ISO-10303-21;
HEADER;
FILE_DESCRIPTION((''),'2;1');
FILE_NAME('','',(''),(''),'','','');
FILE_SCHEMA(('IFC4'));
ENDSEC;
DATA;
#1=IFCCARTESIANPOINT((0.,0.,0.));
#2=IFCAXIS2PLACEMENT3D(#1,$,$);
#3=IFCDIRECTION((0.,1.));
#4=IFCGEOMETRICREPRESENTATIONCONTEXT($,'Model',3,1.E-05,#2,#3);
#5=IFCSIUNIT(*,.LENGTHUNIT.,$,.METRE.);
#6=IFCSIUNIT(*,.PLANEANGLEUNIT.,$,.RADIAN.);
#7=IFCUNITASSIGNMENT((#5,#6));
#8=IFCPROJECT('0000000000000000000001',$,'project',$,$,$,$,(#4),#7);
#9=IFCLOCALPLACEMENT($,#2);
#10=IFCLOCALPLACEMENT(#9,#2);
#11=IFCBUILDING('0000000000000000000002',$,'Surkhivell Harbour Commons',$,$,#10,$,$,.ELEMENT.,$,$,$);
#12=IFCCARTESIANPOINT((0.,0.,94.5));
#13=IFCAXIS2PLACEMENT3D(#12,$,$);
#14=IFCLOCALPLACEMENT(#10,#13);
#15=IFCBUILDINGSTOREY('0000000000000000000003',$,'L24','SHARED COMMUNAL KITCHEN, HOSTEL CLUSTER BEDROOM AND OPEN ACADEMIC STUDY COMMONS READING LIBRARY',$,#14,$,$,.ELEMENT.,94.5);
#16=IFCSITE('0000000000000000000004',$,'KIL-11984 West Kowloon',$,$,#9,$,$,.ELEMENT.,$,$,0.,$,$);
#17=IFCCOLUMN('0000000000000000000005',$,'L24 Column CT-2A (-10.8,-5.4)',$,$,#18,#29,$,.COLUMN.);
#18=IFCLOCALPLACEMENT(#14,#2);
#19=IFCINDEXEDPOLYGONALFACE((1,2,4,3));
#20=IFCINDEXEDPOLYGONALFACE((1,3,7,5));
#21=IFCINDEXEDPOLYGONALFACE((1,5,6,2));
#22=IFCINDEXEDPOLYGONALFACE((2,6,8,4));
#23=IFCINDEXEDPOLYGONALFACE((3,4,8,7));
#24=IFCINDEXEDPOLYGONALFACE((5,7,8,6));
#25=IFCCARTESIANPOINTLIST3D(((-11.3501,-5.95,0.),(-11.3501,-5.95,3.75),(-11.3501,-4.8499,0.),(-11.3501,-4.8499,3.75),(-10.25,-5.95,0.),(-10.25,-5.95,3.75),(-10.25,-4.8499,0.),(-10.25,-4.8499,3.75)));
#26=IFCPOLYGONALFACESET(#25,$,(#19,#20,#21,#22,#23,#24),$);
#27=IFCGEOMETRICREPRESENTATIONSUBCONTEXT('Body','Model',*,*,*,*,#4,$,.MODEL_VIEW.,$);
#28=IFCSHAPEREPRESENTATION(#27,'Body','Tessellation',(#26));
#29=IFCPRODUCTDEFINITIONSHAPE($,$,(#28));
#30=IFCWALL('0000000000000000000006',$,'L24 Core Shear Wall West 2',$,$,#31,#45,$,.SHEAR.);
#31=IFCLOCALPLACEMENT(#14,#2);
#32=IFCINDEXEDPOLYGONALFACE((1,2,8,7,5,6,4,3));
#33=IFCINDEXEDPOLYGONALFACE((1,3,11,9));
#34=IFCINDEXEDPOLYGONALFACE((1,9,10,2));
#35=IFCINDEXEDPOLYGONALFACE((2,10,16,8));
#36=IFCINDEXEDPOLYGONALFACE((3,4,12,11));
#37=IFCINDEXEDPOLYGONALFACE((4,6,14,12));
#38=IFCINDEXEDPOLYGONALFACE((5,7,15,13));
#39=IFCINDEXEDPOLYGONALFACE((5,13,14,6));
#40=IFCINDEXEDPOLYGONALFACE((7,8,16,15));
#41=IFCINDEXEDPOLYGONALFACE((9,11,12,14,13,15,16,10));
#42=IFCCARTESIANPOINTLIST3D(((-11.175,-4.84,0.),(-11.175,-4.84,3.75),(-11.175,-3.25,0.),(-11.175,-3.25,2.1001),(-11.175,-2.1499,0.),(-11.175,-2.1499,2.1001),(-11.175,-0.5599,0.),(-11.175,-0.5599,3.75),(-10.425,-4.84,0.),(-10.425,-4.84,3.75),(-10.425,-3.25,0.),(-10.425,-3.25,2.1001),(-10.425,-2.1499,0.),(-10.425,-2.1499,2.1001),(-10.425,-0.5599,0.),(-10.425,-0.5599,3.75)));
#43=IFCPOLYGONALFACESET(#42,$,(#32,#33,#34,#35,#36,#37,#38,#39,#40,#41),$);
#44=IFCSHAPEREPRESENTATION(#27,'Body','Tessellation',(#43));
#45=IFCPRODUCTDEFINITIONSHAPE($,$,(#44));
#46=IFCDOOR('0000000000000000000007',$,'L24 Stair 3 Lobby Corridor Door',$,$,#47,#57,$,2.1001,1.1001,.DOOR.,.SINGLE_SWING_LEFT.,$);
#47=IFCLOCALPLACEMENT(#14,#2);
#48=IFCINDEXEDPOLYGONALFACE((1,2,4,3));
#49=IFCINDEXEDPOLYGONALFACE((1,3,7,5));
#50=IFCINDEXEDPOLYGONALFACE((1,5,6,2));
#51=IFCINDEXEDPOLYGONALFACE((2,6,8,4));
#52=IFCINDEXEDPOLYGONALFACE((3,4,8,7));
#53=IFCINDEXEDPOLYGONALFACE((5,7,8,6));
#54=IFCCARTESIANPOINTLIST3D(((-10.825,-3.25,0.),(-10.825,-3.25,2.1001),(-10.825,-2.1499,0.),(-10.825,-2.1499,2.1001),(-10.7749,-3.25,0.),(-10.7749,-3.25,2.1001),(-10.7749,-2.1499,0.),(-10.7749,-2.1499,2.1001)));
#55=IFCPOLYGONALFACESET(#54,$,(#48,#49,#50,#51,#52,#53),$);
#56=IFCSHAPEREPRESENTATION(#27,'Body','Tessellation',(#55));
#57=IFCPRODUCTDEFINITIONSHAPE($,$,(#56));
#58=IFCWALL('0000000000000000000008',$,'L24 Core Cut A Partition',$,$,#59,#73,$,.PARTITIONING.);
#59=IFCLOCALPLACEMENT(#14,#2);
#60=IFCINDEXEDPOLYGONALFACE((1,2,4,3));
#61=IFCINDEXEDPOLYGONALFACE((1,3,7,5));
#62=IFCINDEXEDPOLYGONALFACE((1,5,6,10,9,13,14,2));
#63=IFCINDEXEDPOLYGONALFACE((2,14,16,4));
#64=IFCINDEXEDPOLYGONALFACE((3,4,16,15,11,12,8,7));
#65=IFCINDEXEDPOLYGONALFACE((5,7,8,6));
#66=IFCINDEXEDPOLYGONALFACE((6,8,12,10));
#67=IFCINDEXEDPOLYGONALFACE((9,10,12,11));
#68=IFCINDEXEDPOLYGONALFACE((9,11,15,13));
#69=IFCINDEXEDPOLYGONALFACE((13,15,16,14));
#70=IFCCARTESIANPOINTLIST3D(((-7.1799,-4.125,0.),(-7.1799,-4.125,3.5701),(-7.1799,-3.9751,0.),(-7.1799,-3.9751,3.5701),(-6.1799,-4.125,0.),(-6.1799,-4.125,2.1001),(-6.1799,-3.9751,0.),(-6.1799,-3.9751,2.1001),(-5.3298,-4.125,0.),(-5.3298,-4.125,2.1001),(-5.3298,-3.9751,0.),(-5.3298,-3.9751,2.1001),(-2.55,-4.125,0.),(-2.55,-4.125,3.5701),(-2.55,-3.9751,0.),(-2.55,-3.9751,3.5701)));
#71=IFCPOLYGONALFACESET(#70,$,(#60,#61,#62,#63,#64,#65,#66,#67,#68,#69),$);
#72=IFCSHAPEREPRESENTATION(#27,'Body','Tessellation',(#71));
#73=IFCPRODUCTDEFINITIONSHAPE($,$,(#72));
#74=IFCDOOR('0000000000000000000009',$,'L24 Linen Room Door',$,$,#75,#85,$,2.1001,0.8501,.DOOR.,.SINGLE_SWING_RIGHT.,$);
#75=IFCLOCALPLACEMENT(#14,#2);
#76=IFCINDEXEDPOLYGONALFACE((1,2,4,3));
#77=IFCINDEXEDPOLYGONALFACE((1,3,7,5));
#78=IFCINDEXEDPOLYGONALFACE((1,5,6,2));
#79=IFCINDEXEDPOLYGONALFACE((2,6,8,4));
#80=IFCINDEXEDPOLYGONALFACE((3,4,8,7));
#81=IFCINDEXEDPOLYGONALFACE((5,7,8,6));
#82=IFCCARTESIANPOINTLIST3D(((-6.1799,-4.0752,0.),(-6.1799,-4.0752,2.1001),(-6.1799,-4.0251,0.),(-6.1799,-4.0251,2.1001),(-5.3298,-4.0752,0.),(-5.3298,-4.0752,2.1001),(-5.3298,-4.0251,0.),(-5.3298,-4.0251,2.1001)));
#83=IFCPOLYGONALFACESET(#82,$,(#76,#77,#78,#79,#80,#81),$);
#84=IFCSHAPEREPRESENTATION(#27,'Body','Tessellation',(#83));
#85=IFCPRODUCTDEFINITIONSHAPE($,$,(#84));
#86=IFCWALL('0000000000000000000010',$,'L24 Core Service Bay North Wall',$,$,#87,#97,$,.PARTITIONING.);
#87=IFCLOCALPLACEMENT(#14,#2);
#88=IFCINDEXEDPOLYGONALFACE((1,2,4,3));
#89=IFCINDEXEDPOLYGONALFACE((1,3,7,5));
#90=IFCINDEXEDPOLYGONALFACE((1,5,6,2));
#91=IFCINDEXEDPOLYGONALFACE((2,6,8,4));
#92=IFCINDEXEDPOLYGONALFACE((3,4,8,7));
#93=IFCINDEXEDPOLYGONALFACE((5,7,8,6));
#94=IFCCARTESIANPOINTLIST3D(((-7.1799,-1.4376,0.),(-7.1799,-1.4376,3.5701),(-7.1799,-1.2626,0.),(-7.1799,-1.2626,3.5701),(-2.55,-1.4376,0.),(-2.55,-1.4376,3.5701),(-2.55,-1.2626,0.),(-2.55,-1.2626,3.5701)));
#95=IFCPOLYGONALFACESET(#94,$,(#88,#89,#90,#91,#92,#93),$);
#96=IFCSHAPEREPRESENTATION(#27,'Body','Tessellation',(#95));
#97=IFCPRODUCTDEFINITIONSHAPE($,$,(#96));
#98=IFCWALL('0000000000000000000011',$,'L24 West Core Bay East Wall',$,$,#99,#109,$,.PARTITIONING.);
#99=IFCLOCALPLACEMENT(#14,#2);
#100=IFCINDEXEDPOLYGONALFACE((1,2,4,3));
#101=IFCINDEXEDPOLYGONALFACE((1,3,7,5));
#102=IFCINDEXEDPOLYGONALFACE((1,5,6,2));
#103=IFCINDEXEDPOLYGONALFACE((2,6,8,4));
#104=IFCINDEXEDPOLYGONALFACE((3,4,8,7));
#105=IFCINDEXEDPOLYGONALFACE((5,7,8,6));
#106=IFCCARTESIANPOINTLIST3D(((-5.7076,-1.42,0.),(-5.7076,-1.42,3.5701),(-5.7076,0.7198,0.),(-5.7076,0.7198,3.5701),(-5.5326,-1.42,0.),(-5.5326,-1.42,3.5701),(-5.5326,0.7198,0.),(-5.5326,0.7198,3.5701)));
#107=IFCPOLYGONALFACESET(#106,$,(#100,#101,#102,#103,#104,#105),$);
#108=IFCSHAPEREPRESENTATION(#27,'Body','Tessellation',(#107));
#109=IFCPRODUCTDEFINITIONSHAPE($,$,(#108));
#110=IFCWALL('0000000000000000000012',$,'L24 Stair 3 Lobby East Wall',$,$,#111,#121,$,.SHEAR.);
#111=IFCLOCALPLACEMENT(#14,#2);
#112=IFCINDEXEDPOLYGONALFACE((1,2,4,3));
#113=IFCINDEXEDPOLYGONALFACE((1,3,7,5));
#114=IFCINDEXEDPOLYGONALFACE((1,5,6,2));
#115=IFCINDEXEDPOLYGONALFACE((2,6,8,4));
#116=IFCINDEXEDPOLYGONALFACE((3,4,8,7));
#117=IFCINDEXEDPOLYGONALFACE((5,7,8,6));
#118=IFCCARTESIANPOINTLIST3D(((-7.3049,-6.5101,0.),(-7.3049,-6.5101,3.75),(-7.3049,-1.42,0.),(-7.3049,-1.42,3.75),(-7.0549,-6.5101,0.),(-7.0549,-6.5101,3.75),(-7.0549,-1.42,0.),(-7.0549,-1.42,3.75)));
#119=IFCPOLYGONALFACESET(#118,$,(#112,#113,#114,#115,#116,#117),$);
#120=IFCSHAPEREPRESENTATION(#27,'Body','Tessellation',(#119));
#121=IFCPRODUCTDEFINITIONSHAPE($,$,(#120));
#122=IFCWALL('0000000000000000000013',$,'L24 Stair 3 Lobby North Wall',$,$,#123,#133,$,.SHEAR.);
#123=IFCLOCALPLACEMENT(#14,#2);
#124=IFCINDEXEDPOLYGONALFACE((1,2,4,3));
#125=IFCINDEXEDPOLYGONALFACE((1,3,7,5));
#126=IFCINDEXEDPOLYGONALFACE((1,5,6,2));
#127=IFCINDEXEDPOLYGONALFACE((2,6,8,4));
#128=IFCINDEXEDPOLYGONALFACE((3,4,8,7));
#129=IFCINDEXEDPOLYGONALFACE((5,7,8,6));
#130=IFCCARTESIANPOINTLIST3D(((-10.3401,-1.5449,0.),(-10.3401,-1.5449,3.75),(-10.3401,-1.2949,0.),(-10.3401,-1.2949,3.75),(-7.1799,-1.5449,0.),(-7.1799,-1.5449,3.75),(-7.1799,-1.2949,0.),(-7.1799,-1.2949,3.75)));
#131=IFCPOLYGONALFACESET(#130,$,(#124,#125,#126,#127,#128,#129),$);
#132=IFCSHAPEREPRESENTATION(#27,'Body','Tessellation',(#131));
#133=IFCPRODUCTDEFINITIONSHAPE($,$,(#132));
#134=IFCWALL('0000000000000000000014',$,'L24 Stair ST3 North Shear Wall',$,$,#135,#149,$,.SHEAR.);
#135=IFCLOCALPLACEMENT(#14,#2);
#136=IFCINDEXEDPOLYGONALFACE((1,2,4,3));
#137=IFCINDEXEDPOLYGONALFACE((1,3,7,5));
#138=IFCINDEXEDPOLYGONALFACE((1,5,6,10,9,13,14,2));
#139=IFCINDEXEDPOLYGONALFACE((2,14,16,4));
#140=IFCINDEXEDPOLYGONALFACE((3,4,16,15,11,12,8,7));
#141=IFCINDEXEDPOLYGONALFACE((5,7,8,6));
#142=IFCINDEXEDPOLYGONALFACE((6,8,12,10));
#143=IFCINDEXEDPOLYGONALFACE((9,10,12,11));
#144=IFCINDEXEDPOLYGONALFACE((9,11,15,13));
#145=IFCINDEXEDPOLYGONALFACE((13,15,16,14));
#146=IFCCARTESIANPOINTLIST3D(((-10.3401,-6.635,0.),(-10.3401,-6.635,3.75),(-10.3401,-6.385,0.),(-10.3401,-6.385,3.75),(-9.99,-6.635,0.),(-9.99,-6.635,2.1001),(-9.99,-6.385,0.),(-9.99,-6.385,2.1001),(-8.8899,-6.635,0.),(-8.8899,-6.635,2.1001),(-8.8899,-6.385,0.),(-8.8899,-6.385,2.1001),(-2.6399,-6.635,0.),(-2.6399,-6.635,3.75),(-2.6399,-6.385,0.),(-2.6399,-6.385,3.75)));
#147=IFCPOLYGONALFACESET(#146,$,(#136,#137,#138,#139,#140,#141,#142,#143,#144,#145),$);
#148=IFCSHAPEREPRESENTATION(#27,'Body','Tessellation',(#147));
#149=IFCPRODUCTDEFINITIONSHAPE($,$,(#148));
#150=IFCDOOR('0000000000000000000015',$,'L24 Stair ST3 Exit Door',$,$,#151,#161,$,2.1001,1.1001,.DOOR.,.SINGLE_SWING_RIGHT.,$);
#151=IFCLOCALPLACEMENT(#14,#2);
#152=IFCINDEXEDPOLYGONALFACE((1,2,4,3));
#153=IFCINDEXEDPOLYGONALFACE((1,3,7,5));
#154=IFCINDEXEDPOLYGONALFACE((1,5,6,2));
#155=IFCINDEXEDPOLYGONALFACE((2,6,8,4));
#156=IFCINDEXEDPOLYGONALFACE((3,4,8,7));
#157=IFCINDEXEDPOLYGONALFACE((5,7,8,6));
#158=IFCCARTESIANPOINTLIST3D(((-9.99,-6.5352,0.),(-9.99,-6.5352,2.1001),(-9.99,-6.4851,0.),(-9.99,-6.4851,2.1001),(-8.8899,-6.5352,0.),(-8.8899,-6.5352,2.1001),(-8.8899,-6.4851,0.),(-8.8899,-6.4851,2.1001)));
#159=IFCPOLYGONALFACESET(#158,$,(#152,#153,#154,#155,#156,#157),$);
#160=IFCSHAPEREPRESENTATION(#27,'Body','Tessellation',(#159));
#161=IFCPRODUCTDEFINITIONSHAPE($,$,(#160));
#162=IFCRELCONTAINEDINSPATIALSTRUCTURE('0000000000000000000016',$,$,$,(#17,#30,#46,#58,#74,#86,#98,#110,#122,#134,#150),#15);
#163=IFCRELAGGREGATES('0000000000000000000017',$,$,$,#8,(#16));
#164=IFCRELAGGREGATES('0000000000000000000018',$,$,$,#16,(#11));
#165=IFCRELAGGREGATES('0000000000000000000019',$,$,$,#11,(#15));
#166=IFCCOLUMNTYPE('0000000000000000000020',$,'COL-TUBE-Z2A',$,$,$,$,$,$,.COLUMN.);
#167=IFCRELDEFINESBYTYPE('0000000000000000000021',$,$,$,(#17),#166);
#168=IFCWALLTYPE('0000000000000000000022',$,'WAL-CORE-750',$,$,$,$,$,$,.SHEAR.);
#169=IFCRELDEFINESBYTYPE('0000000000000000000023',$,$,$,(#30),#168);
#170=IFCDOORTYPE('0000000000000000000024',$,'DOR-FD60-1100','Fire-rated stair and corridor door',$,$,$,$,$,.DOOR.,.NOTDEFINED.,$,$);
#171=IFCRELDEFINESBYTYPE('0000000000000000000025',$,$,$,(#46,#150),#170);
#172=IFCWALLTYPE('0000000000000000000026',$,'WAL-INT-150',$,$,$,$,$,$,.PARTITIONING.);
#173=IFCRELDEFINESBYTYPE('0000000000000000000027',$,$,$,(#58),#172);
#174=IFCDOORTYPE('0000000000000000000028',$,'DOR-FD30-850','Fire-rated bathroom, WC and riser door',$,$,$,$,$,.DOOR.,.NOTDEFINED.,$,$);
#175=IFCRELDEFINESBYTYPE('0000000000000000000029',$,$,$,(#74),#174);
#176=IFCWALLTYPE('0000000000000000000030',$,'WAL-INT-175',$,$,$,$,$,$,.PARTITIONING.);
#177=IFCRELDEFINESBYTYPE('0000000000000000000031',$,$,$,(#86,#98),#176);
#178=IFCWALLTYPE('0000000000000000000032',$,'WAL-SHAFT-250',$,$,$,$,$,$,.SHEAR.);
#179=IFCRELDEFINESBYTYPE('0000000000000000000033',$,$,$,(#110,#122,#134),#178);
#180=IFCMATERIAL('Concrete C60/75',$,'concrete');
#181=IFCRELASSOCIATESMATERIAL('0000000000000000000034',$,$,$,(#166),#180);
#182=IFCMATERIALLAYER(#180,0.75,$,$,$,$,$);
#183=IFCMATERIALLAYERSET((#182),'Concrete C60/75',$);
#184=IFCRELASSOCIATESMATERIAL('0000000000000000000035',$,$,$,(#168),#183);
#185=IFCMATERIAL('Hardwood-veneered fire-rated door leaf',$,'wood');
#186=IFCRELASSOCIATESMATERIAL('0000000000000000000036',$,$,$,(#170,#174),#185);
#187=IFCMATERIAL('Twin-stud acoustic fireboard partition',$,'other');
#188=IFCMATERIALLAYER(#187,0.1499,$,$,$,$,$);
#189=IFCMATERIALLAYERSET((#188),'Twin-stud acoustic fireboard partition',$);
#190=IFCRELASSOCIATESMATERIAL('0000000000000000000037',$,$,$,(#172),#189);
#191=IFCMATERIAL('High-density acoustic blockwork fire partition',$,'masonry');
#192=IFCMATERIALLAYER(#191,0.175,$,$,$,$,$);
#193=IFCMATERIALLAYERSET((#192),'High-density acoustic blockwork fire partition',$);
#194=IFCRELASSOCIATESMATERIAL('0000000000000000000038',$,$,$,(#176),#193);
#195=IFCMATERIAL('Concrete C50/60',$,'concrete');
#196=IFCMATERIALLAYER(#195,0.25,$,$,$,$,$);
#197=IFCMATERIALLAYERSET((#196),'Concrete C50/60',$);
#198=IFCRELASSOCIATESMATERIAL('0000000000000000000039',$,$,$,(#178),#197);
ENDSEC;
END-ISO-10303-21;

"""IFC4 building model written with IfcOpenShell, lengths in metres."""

from ifc_helpers import new_model, si_unit, direction, frame, frame_2d, origin, origin_2d, place, context, subcontext, project, spatial, rectangle, extrude, material, layer, layer_set, material_profile, profile_set, type_object, element, fill, save


model = new_model("IFC4")

# Units and contexts
model_context = context("Model", 3, precision=1e-05, world=origin(), true_north=direction((0.0, 1.0)))
body_context = subcontext(model_context, "Body", "Model", "MODEL_VIEW")
ifc_project = project(units=[si_unit("LENGTHUNIT", "METRE"), si_unit("PLANEANGLEUNIT", "RADIAN")], contexts=[model_context])

# Site, building, storey
site_placement = place(None, origin())
site = spatial("IfcSite", under=ifc_project, at=site_placement, Name="KIL-11984 West Kowloon", CompositionType="ELEMENT", RefElevation=0.0)
building_placement = place(site_placement, origin())
building = spatial("IfcBuilding", under=site, at=building_placement, Name="Surkhivell Harbour Commons", CompositionType="ELEMENT")
storey_placement = place(building_placement, frame((0.0, 0.0, 94.5)))
storey = spatial("IfcBuildingStorey", under=building, at=storey_placement, Name="L24", Description="SHARED COMMUNAL KITCHEN, HOSTEL CLUSTER BEDROOM AND OPEN ACADEMIC STUDY COMMONS READING LIBRARY", CompositionType="ELEMENT", Elevation=94.5)

# Column
ifc_material_1 = material(Name="Concrete C60/75", Category="concrete")
ifc_material_profile = material_profile(ifc_material_1, rectangle(XDim=1.1001, YDim=1.1001, at=origin_2d()), Name="RC-COL-1100x1100")
ifc_profile_set = profile_set([ifc_material_profile], Name="Concrete C60/75")
column_type = type_object("IfcColumnType", Name="COL-TUBE-Z2A", PredefinedType="COLUMN", material=ifc_profile_set)
column_placement = place(storey_placement, frame((-10.8, -5.3999, 0.0), z_axis=(0.0, 0.0, 1.0), x_axis=(1.0, 0.0, 0.0)))
element("IfcColumn", 1, at=column_placement, inside=storey, type_object=column_type, Name="L24 Column CT-2A (-10.8,-5.4)", PredefinedType="COLUMN", context=body_context, shape_type="SweptSolid", body=[
    extrude(rectangle(XDim=1.1001, YDim=1.1001, at=origin_2d()), origin(), (0.0, 0.0, 1.0), 3.75),
])

# Walls, openings, doors
ifc_layer_1 = layer(ifc_material_1, 0.75)
ifc_layer_set_1 = layer_set([ifc_layer_1], Name="Concrete C60/75")
wall_type_1 = type_object("IfcWallType", Name="WAL-CORE-750", PredefinedType="SHEAR", material=ifc_layer_set_1)
wall_1_placement = place(storey_placement, frame((-10.8, -4.8401, 0.0), z_axis=(0.0, 0.0, 1.0), x_axis=(0.0, 1.0, 0.0)))
wall_1 = element("IfcWall", 2, at=wall_1_placement, inside=storey, type_object=wall_type_1, Name="L24 Core Shear Wall West 2", PredefinedType="SHEAR", context=body_context, shape_type="SweptSolid", body=[
    extrude(rectangle(XDim=4.28, YDim=0.75, at=frame_2d((2.1401, 0.0))), origin(), (0.0, 0.0, 1.0), 3.75),
])
opening_1_placement = place(wall_1_placement, frame((1.5901, 0.0, 0.0)))
opening_1 = element("IfcOpeningElement", 3, at=opening_1_placement, cuts=wall_1, PredefinedType="OPENING", context=body_context, shape_type="SweptSolid", body=[
    extrude(rectangle(XDim=1.1001, YDim=2.1001, at=frame_2d((0.55, 1.05))), frame((0.0, 0.385, 0.0), z_axis=(0.0, -1.0, 0.0), x_axis=(1.0, 0.0, 0.0)), (0.0, 0.0, 1.0), 0.77),
])
ifc_material_2 = material(Name="Hardwood-veneered fire-rated door leaf", Category="wood")
door_type_1 = type_object("IfcDoorType", Name="DOR-FD60-1100", Description="Fire-rated stair and corridor door", OperationType="NOTDEFINED", PredefinedType="DOOR", material=ifc_material_2)
door_1_placement = place(opening_1_placement, origin())
door_1 = element("IfcDoor", 4, at=door_1_placement, inside=storey, type_object=door_type_1, Name="L24 Stair 3 Lobby Corridor Door", OperationType="SINGLE_SWING_LEFT", OverallHeight=2.1001, OverallWidth=1.1001, PredefinedType="DOOR", context=body_context, shape_type="SweptSolid", body=[
    extrude(rectangle(XDim=1.1001, YDim=2.1001, at=frame_2d((0.55, 1.05))), frame((0.0, 0.0249, 0.0), z_axis=(0.0, -1.0, 0.0), x_axis=(1.0, 0.0, 0.0)), (0.0, 0.0, 1.0), 0.05),
])
fill(opening_1, door_1)
ifc_material_3 = material(Name="Twin-stud acoustic fireboard partition", Category="other")
ifc_layer_2 = layer(ifc_material_3, 0.1499)
ifc_layer_set_2 = layer_set([ifc_layer_2], Name="Twin-stud acoustic fireboard partition")
wall_type_2 = type_object("IfcWallType", Name="WAL-INT-150", PredefinedType="PARTITIONING", material=ifc_layer_set_2)
wall_2_placement = place(storey_placement, frame((-7.1799, -4.05, 0.0), z_axis=(0.0, 0.0, 1.0), x_axis=(1.0, 0.0, 0.0)))
wall_2 = element("IfcWall", 5, at=wall_2_placement, inside=storey, type_object=wall_type_2, Name="L24 Core Cut A Partition", PredefinedType="PARTITIONING", context=body_context, shape_type="SweptSolid", body=[
    extrude(rectangle(XDim=4.6299, YDim=0.1499, at=frame_2d((2.3149, 0.0))), origin(), (0.0, 0.0, 1.0), 3.5701),
])
opening_2_placement = place(wall_2_placement, frame((1.0, 0.0, 0.0)))
opening_2 = element("IfcOpeningElement", 6, at=opening_2_placement, cuts=wall_2, PredefinedType="OPENING", context=body_context, shape_type="SweptSolid", body=[
    extrude(rectangle(XDim=0.8501, YDim=2.1001, at=frame_2d((0.425, 1.05))), frame((0.0, 0.085, 0.0), z_axis=(0.0, -1.0, 0.0), x_axis=(1.0, 0.0, 0.0)), (0.0, 0.0, 1.0), 0.1699),
])
door_type_2 = type_object("IfcDoorType", Name="DOR-FD30-850", Description="Fire-rated bathroom, WC and riser door", OperationType="NOTDEFINED", PredefinedType="DOOR", material=ifc_material_2)
door_2_placement = place(opening_2_placement, origin())
door_2 = element("IfcDoor", 7, at=door_2_placement, inside=storey, type_object=door_type_2, Name="L24 Linen Room Door", OperationType="SINGLE_SWING_RIGHT", OverallHeight=2.1001, OverallWidth=0.8501, PredefinedType="DOOR", context=body_context, shape_type="SweptSolid", body=[
    extrude(rectangle(XDim=0.8501, YDim=2.1001, at=frame_2d((0.425, 1.05))), frame((0.0, 0.0249, 0.0), z_axis=(0.0, -1.0, 0.0), x_axis=(1.0, 0.0, 0.0)), (0.0, 0.0, 1.0), 0.05),
])
fill(opening_2, door_2)

# Walls
ifc_material_4 = material(Name="High-density acoustic blockwork fire partition", Category="masonry")
ifc_layer_3 = layer(ifc_material_4, 0.175)
ifc_layer_set_3 = layer_set([ifc_layer_3], Name="High-density acoustic blockwork fire partition")
wall_type_3 = type_object("IfcWallType", Name="WAL-INT-175", PredefinedType="PARTITIONING", material=ifc_layer_set_3)
wall_3_placement = place(storey_placement, frame((-7.1799, -1.3501, 0.0), z_axis=(0.0, 0.0, 1.0), x_axis=(1.0, 0.0, 0.0)))
element("IfcWall", 8, at=wall_3_placement, inside=storey, type_object=wall_type_3, Name="L24 Core Service Bay North Wall", PredefinedType="PARTITIONING", context=body_context, shape_type="SweptSolid", body=[
    extrude(rectangle(XDim=4.6299, YDim=0.175, at=frame_2d((2.3149, 0.0))), origin(), (0.0, 0.0, 1.0), 3.5701),
])
wall_4_placement = place(storey_placement, frame((-5.6201, -1.4199, 0.0), z_axis=(0.0, 0.0, 1.0), x_axis=(0.0, 1.0, 0.0)))
element("IfcWall", 9, at=wall_4_placement, inside=storey, type_object=wall_type_3, Name="L24 West Core Bay East Wall", PredefinedType="PARTITIONING", context=body_context, shape_type="SweptSolid", body=[
    extrude(rectangle(XDim=2.1399, YDim=0.175, at=frame_2d((1.0698, 0.0))), origin(), (0.0, 0.0, 1.0), 3.5701),
])
ifc_material_5 = material(Name="Concrete C50/60", Category="concrete")
ifc_layer_4 = layer(ifc_material_5, 0.25)
ifc_layer_set_4 = layer_set([ifc_layer_4], Name="Concrete C50/60")
wall_type_4 = type_object("IfcWallType", Name="WAL-SHAFT-250", PredefinedType="SHEAR", material=ifc_layer_set_4)
wall_5_placement = place(storey_placement, frame((-7.1799, -6.51, 0.0), z_axis=(0.0, 0.0, 1.0), x_axis=(0.0, 1.0, 0.0)))
element("IfcWall", 10, at=wall_5_placement, inside=storey, type_object=wall_type_4, Name="L24 Stair 3 Lobby East Wall", PredefinedType="SHEAR", context=body_context, shape_type="SweptSolid", body=[
    extrude(rectangle(XDim=5.0901, YDim=0.25, at=frame_2d((2.5449, 0.0))), origin(), (0.0, 0.0, 1.0), 3.75),
])
wall_6_placement = place(storey_placement, frame((-10.3401, -1.4199, 0.0), z_axis=(0.0, 0.0, 1.0), x_axis=(1.0, 0.0, 0.0)))
element("IfcWall", 11, at=wall_6_placement, inside=storey, type_object=wall_type_4, Name="L24 Stair 3 Lobby North Wall", PredefinedType="SHEAR", context=body_context, shape_type="SweptSolid", body=[
    extrude(rectangle(XDim=3.1602, YDim=0.25, at=frame_2d((1.5801, 0.0))), origin(), (0.0, 0.0, 1.0), 3.75),
])

# Wall, opening, door
wall_7_placement = place(storey_placement, frame((-10.3401, -6.51, 0.0), z_axis=(0.0, 0.0, 1.0), x_axis=(1.0, 0.0, 0.0)))
wall_7 = element("IfcWall", 12, at=wall_7_placement, inside=storey, type_object=wall_type_4, Name="L24 Stair ST3 North Shear Wall", PredefinedType="SHEAR", context=body_context, shape_type="SweptSolid", body=[
    extrude(rectangle(XDim=7.7002, YDim=0.25, at=frame_2d((3.8501, 0.0))), origin(), (0.0, 0.0, 1.0), 3.75),
])
opening_3_placement = place(wall_7_placement, frame((0.3501, 0.0, 0.0)))
opening_3 = element("IfcOpeningElement", 13, at=opening_3_placement, cuts=wall_7, PredefinedType="OPENING", context=body_context, shape_type="SweptSolid", body=[
    extrude(rectangle(XDim=1.1001, YDim=2.1001, at=frame_2d((0.55, 1.05))), frame((0.0, 0.135, 0.0), z_axis=(0.0, -1.0, 0.0), x_axis=(1.0, 0.0, 0.0)), (0.0, 0.0, 1.0), 0.27),
])
door_3_placement = place(opening_3_placement, origin())
door_3 = element("IfcDoor", 14, at=door_3_placement, inside=storey, type_object=door_type_1, Name="L24 Stair ST3 Exit Door", OperationType="SINGLE_SWING_RIGHT", OverallHeight=2.1001, OverallWidth=1.1001, PredefinedType="DOOR", context=body_context, shape_type="SweptSolid", body=[
    extrude(rectangle(XDim=1.1001, YDim=2.1001, at=frame_2d((0.55, 1.05))), frame((0.0, 0.0249, 0.0), z_axis=(0.0, -1.0, 0.0), x_axis=(1.0, 0.0, 0.0)), (0.0, 0.0, 1.0), 0.05),
])
fill(opening_3, door_3)

save(model, "model.ifc")
